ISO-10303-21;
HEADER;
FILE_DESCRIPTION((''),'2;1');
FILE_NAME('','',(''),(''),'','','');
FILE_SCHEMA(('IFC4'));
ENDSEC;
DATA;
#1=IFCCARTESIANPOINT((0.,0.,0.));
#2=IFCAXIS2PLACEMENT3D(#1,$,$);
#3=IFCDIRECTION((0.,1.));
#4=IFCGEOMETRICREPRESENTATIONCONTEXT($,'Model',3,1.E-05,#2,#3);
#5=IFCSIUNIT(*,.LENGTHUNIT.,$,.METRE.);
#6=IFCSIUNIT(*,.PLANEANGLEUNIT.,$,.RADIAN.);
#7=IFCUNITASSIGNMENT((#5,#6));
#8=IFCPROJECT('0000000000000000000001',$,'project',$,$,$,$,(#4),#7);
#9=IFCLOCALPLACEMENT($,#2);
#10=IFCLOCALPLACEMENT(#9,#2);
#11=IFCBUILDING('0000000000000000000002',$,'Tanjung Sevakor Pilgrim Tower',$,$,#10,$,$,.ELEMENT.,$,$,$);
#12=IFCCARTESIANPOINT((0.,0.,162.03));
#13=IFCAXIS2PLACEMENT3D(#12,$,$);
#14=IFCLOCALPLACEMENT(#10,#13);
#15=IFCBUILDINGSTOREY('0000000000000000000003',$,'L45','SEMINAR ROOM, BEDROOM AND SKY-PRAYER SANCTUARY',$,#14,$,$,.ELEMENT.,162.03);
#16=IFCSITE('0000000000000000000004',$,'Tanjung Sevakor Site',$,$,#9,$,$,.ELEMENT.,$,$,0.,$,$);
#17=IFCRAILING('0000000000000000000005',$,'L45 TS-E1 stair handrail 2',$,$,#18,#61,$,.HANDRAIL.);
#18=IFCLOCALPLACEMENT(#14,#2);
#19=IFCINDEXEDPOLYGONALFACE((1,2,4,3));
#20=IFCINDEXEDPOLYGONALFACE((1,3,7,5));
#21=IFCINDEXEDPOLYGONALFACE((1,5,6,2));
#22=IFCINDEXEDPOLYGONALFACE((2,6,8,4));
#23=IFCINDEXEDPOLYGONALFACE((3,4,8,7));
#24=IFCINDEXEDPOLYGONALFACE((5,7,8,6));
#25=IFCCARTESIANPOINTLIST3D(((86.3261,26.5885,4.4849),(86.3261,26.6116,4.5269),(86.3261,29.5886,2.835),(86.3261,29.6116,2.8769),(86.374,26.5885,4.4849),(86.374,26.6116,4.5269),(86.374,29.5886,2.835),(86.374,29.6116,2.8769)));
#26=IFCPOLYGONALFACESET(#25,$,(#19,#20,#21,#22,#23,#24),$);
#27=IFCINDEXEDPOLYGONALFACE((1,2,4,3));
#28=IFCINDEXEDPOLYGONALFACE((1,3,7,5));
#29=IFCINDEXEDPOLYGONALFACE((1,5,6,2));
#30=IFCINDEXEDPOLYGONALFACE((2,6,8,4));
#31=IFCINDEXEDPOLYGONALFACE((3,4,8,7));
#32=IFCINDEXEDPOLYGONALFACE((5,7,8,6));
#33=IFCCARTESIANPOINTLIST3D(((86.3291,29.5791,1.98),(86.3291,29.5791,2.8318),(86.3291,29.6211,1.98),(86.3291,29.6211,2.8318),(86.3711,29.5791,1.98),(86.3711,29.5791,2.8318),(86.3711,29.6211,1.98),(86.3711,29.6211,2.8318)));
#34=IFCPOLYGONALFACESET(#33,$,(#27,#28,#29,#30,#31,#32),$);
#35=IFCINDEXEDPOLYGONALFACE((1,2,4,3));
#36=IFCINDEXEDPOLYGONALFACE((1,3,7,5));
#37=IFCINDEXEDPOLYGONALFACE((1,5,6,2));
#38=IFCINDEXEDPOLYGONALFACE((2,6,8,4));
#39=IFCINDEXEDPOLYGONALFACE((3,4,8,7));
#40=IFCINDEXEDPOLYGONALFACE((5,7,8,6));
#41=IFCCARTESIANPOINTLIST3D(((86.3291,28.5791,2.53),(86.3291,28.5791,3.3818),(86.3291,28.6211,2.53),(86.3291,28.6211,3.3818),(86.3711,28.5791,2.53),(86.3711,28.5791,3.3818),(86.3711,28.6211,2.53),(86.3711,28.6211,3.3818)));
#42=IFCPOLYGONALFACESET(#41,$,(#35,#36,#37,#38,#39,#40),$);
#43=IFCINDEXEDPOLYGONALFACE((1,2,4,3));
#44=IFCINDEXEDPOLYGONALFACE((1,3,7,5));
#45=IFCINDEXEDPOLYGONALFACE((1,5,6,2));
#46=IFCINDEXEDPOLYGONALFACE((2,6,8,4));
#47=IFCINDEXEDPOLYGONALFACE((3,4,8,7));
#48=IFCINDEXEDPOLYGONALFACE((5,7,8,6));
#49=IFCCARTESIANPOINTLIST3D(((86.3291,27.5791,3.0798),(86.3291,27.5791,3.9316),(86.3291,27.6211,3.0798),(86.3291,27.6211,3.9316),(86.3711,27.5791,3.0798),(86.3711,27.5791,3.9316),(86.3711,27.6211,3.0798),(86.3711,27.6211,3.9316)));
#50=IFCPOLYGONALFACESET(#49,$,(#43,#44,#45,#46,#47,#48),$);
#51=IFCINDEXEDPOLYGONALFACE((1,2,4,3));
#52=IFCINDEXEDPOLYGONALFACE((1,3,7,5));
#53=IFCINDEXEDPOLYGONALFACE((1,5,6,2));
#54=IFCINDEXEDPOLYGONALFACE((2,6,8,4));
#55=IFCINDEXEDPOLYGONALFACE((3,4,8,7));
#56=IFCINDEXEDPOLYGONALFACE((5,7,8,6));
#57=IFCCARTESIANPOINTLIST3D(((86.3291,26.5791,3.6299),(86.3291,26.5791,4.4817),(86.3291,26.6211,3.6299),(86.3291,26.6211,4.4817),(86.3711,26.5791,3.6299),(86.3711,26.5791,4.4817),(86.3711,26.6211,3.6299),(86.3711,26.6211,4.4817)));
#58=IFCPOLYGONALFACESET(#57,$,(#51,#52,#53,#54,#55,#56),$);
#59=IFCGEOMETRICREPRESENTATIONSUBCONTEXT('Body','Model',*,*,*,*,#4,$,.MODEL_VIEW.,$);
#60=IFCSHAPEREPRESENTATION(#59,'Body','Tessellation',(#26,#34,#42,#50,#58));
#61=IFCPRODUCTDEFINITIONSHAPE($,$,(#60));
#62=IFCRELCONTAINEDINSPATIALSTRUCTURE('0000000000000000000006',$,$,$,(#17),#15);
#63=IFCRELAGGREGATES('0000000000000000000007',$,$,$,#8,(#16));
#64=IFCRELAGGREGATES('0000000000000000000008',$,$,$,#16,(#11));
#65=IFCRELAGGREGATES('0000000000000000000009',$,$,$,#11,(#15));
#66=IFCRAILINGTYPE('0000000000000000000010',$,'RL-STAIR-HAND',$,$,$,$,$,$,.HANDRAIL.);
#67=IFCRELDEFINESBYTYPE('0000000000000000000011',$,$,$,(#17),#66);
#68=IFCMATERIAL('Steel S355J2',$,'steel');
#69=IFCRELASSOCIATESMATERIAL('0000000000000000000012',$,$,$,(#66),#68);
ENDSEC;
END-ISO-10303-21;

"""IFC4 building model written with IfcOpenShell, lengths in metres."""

from ifc_helpers import new_model, si_unit, direction, frame, origin, place, context, subcontext, project, spatial, rectangle, extrude, material, type_object, element, save


model = new_model("IFC4")

# Units and contexts
model_context = context("Model", 3, precision=1e-05, world=origin(), true_north=direction((0.0, 1.0)))
body_context = subcontext(model_context, "Body", "Model", "MODEL_VIEW")
ifc_project = project(units=[si_unit("LENGTHUNIT", "METRE"), si_unit("PLANEANGLEUNIT", "RADIAN")], contexts=[model_context])

# Site, building, storey
site_placement = place(None, origin())
site = spatial("IfcSite", under=ifc_project, at=site_placement, Name="Tanjung Sevakor Site", CompositionType="ELEMENT", RefElevation=0.0)
building_placement = place(site_placement, origin())
building = spatial("IfcBuilding", under=site, at=building_placement, Name="Tanjung Sevakor Pilgrim Tower", CompositionType="ELEMENT")
storey_placement = place(building_placement, frame((0.0, 0.0, 162.03)))
storey = spatial("IfcBuildingStorey", under=building, at=storey_placement, Name="L45", Description="SEMINAR ROOM, BEDROOM AND SKY-PRAYER SANCTUARY", CompositionType="ELEMENT", Elevation=162.03)

# Railing
ifc_material_1 = material(Name="Steel S355J2", Category="steel")
railing_type_1 = type_object("IfcRailingType", Name="RL-STAIR-HAND", PredefinedType="HANDRAIL", material=ifc_material_1)
railing_1_placement = place(storey_placement, frame((86.3501, 29.6001, 1.98)))
element("IfcRailing", 1, at=railing_1_placement, inside=storey, type_object=railing_type_1, Name="L45 TS-E1 stair handrail 2", PredefinedType="HANDRAIL", context=body_context, shape_type="SweptSolid", body=[
    extrude(rectangle(XDim=0.0479, YDim=0.0479), frame((0.0, 0.0, 0.876), z_axis=(0.0, -0.876228, 0.481897), x_axis=(1.0, 0.0, 0.0)), (0.0, 0.0, 1.0), 3.4238),
    extrude(rectangle(XDim=0.042, YDim=0.042), origin(), (0.0, 0.0, 1.0), 0.8518),
    extrude(rectangle(XDim=0.042, YDim=0.042), frame((0.0, -1.0, 0.55)), (0.0, 0.0, 1.0), 0.8518),
    extrude(rectangle(XDim=0.042, YDim=0.042), frame((0.0, -2.0, 1.0999)), (0.0, 0.0, 1.0), 0.8518),
    extrude(rectangle(XDim=0.042, YDim=0.042), frame((0.0, -3.0, 1.6499)), (0.0, 0.0, 1.0), 0.8518),
])

save(model, "model.ifc")
